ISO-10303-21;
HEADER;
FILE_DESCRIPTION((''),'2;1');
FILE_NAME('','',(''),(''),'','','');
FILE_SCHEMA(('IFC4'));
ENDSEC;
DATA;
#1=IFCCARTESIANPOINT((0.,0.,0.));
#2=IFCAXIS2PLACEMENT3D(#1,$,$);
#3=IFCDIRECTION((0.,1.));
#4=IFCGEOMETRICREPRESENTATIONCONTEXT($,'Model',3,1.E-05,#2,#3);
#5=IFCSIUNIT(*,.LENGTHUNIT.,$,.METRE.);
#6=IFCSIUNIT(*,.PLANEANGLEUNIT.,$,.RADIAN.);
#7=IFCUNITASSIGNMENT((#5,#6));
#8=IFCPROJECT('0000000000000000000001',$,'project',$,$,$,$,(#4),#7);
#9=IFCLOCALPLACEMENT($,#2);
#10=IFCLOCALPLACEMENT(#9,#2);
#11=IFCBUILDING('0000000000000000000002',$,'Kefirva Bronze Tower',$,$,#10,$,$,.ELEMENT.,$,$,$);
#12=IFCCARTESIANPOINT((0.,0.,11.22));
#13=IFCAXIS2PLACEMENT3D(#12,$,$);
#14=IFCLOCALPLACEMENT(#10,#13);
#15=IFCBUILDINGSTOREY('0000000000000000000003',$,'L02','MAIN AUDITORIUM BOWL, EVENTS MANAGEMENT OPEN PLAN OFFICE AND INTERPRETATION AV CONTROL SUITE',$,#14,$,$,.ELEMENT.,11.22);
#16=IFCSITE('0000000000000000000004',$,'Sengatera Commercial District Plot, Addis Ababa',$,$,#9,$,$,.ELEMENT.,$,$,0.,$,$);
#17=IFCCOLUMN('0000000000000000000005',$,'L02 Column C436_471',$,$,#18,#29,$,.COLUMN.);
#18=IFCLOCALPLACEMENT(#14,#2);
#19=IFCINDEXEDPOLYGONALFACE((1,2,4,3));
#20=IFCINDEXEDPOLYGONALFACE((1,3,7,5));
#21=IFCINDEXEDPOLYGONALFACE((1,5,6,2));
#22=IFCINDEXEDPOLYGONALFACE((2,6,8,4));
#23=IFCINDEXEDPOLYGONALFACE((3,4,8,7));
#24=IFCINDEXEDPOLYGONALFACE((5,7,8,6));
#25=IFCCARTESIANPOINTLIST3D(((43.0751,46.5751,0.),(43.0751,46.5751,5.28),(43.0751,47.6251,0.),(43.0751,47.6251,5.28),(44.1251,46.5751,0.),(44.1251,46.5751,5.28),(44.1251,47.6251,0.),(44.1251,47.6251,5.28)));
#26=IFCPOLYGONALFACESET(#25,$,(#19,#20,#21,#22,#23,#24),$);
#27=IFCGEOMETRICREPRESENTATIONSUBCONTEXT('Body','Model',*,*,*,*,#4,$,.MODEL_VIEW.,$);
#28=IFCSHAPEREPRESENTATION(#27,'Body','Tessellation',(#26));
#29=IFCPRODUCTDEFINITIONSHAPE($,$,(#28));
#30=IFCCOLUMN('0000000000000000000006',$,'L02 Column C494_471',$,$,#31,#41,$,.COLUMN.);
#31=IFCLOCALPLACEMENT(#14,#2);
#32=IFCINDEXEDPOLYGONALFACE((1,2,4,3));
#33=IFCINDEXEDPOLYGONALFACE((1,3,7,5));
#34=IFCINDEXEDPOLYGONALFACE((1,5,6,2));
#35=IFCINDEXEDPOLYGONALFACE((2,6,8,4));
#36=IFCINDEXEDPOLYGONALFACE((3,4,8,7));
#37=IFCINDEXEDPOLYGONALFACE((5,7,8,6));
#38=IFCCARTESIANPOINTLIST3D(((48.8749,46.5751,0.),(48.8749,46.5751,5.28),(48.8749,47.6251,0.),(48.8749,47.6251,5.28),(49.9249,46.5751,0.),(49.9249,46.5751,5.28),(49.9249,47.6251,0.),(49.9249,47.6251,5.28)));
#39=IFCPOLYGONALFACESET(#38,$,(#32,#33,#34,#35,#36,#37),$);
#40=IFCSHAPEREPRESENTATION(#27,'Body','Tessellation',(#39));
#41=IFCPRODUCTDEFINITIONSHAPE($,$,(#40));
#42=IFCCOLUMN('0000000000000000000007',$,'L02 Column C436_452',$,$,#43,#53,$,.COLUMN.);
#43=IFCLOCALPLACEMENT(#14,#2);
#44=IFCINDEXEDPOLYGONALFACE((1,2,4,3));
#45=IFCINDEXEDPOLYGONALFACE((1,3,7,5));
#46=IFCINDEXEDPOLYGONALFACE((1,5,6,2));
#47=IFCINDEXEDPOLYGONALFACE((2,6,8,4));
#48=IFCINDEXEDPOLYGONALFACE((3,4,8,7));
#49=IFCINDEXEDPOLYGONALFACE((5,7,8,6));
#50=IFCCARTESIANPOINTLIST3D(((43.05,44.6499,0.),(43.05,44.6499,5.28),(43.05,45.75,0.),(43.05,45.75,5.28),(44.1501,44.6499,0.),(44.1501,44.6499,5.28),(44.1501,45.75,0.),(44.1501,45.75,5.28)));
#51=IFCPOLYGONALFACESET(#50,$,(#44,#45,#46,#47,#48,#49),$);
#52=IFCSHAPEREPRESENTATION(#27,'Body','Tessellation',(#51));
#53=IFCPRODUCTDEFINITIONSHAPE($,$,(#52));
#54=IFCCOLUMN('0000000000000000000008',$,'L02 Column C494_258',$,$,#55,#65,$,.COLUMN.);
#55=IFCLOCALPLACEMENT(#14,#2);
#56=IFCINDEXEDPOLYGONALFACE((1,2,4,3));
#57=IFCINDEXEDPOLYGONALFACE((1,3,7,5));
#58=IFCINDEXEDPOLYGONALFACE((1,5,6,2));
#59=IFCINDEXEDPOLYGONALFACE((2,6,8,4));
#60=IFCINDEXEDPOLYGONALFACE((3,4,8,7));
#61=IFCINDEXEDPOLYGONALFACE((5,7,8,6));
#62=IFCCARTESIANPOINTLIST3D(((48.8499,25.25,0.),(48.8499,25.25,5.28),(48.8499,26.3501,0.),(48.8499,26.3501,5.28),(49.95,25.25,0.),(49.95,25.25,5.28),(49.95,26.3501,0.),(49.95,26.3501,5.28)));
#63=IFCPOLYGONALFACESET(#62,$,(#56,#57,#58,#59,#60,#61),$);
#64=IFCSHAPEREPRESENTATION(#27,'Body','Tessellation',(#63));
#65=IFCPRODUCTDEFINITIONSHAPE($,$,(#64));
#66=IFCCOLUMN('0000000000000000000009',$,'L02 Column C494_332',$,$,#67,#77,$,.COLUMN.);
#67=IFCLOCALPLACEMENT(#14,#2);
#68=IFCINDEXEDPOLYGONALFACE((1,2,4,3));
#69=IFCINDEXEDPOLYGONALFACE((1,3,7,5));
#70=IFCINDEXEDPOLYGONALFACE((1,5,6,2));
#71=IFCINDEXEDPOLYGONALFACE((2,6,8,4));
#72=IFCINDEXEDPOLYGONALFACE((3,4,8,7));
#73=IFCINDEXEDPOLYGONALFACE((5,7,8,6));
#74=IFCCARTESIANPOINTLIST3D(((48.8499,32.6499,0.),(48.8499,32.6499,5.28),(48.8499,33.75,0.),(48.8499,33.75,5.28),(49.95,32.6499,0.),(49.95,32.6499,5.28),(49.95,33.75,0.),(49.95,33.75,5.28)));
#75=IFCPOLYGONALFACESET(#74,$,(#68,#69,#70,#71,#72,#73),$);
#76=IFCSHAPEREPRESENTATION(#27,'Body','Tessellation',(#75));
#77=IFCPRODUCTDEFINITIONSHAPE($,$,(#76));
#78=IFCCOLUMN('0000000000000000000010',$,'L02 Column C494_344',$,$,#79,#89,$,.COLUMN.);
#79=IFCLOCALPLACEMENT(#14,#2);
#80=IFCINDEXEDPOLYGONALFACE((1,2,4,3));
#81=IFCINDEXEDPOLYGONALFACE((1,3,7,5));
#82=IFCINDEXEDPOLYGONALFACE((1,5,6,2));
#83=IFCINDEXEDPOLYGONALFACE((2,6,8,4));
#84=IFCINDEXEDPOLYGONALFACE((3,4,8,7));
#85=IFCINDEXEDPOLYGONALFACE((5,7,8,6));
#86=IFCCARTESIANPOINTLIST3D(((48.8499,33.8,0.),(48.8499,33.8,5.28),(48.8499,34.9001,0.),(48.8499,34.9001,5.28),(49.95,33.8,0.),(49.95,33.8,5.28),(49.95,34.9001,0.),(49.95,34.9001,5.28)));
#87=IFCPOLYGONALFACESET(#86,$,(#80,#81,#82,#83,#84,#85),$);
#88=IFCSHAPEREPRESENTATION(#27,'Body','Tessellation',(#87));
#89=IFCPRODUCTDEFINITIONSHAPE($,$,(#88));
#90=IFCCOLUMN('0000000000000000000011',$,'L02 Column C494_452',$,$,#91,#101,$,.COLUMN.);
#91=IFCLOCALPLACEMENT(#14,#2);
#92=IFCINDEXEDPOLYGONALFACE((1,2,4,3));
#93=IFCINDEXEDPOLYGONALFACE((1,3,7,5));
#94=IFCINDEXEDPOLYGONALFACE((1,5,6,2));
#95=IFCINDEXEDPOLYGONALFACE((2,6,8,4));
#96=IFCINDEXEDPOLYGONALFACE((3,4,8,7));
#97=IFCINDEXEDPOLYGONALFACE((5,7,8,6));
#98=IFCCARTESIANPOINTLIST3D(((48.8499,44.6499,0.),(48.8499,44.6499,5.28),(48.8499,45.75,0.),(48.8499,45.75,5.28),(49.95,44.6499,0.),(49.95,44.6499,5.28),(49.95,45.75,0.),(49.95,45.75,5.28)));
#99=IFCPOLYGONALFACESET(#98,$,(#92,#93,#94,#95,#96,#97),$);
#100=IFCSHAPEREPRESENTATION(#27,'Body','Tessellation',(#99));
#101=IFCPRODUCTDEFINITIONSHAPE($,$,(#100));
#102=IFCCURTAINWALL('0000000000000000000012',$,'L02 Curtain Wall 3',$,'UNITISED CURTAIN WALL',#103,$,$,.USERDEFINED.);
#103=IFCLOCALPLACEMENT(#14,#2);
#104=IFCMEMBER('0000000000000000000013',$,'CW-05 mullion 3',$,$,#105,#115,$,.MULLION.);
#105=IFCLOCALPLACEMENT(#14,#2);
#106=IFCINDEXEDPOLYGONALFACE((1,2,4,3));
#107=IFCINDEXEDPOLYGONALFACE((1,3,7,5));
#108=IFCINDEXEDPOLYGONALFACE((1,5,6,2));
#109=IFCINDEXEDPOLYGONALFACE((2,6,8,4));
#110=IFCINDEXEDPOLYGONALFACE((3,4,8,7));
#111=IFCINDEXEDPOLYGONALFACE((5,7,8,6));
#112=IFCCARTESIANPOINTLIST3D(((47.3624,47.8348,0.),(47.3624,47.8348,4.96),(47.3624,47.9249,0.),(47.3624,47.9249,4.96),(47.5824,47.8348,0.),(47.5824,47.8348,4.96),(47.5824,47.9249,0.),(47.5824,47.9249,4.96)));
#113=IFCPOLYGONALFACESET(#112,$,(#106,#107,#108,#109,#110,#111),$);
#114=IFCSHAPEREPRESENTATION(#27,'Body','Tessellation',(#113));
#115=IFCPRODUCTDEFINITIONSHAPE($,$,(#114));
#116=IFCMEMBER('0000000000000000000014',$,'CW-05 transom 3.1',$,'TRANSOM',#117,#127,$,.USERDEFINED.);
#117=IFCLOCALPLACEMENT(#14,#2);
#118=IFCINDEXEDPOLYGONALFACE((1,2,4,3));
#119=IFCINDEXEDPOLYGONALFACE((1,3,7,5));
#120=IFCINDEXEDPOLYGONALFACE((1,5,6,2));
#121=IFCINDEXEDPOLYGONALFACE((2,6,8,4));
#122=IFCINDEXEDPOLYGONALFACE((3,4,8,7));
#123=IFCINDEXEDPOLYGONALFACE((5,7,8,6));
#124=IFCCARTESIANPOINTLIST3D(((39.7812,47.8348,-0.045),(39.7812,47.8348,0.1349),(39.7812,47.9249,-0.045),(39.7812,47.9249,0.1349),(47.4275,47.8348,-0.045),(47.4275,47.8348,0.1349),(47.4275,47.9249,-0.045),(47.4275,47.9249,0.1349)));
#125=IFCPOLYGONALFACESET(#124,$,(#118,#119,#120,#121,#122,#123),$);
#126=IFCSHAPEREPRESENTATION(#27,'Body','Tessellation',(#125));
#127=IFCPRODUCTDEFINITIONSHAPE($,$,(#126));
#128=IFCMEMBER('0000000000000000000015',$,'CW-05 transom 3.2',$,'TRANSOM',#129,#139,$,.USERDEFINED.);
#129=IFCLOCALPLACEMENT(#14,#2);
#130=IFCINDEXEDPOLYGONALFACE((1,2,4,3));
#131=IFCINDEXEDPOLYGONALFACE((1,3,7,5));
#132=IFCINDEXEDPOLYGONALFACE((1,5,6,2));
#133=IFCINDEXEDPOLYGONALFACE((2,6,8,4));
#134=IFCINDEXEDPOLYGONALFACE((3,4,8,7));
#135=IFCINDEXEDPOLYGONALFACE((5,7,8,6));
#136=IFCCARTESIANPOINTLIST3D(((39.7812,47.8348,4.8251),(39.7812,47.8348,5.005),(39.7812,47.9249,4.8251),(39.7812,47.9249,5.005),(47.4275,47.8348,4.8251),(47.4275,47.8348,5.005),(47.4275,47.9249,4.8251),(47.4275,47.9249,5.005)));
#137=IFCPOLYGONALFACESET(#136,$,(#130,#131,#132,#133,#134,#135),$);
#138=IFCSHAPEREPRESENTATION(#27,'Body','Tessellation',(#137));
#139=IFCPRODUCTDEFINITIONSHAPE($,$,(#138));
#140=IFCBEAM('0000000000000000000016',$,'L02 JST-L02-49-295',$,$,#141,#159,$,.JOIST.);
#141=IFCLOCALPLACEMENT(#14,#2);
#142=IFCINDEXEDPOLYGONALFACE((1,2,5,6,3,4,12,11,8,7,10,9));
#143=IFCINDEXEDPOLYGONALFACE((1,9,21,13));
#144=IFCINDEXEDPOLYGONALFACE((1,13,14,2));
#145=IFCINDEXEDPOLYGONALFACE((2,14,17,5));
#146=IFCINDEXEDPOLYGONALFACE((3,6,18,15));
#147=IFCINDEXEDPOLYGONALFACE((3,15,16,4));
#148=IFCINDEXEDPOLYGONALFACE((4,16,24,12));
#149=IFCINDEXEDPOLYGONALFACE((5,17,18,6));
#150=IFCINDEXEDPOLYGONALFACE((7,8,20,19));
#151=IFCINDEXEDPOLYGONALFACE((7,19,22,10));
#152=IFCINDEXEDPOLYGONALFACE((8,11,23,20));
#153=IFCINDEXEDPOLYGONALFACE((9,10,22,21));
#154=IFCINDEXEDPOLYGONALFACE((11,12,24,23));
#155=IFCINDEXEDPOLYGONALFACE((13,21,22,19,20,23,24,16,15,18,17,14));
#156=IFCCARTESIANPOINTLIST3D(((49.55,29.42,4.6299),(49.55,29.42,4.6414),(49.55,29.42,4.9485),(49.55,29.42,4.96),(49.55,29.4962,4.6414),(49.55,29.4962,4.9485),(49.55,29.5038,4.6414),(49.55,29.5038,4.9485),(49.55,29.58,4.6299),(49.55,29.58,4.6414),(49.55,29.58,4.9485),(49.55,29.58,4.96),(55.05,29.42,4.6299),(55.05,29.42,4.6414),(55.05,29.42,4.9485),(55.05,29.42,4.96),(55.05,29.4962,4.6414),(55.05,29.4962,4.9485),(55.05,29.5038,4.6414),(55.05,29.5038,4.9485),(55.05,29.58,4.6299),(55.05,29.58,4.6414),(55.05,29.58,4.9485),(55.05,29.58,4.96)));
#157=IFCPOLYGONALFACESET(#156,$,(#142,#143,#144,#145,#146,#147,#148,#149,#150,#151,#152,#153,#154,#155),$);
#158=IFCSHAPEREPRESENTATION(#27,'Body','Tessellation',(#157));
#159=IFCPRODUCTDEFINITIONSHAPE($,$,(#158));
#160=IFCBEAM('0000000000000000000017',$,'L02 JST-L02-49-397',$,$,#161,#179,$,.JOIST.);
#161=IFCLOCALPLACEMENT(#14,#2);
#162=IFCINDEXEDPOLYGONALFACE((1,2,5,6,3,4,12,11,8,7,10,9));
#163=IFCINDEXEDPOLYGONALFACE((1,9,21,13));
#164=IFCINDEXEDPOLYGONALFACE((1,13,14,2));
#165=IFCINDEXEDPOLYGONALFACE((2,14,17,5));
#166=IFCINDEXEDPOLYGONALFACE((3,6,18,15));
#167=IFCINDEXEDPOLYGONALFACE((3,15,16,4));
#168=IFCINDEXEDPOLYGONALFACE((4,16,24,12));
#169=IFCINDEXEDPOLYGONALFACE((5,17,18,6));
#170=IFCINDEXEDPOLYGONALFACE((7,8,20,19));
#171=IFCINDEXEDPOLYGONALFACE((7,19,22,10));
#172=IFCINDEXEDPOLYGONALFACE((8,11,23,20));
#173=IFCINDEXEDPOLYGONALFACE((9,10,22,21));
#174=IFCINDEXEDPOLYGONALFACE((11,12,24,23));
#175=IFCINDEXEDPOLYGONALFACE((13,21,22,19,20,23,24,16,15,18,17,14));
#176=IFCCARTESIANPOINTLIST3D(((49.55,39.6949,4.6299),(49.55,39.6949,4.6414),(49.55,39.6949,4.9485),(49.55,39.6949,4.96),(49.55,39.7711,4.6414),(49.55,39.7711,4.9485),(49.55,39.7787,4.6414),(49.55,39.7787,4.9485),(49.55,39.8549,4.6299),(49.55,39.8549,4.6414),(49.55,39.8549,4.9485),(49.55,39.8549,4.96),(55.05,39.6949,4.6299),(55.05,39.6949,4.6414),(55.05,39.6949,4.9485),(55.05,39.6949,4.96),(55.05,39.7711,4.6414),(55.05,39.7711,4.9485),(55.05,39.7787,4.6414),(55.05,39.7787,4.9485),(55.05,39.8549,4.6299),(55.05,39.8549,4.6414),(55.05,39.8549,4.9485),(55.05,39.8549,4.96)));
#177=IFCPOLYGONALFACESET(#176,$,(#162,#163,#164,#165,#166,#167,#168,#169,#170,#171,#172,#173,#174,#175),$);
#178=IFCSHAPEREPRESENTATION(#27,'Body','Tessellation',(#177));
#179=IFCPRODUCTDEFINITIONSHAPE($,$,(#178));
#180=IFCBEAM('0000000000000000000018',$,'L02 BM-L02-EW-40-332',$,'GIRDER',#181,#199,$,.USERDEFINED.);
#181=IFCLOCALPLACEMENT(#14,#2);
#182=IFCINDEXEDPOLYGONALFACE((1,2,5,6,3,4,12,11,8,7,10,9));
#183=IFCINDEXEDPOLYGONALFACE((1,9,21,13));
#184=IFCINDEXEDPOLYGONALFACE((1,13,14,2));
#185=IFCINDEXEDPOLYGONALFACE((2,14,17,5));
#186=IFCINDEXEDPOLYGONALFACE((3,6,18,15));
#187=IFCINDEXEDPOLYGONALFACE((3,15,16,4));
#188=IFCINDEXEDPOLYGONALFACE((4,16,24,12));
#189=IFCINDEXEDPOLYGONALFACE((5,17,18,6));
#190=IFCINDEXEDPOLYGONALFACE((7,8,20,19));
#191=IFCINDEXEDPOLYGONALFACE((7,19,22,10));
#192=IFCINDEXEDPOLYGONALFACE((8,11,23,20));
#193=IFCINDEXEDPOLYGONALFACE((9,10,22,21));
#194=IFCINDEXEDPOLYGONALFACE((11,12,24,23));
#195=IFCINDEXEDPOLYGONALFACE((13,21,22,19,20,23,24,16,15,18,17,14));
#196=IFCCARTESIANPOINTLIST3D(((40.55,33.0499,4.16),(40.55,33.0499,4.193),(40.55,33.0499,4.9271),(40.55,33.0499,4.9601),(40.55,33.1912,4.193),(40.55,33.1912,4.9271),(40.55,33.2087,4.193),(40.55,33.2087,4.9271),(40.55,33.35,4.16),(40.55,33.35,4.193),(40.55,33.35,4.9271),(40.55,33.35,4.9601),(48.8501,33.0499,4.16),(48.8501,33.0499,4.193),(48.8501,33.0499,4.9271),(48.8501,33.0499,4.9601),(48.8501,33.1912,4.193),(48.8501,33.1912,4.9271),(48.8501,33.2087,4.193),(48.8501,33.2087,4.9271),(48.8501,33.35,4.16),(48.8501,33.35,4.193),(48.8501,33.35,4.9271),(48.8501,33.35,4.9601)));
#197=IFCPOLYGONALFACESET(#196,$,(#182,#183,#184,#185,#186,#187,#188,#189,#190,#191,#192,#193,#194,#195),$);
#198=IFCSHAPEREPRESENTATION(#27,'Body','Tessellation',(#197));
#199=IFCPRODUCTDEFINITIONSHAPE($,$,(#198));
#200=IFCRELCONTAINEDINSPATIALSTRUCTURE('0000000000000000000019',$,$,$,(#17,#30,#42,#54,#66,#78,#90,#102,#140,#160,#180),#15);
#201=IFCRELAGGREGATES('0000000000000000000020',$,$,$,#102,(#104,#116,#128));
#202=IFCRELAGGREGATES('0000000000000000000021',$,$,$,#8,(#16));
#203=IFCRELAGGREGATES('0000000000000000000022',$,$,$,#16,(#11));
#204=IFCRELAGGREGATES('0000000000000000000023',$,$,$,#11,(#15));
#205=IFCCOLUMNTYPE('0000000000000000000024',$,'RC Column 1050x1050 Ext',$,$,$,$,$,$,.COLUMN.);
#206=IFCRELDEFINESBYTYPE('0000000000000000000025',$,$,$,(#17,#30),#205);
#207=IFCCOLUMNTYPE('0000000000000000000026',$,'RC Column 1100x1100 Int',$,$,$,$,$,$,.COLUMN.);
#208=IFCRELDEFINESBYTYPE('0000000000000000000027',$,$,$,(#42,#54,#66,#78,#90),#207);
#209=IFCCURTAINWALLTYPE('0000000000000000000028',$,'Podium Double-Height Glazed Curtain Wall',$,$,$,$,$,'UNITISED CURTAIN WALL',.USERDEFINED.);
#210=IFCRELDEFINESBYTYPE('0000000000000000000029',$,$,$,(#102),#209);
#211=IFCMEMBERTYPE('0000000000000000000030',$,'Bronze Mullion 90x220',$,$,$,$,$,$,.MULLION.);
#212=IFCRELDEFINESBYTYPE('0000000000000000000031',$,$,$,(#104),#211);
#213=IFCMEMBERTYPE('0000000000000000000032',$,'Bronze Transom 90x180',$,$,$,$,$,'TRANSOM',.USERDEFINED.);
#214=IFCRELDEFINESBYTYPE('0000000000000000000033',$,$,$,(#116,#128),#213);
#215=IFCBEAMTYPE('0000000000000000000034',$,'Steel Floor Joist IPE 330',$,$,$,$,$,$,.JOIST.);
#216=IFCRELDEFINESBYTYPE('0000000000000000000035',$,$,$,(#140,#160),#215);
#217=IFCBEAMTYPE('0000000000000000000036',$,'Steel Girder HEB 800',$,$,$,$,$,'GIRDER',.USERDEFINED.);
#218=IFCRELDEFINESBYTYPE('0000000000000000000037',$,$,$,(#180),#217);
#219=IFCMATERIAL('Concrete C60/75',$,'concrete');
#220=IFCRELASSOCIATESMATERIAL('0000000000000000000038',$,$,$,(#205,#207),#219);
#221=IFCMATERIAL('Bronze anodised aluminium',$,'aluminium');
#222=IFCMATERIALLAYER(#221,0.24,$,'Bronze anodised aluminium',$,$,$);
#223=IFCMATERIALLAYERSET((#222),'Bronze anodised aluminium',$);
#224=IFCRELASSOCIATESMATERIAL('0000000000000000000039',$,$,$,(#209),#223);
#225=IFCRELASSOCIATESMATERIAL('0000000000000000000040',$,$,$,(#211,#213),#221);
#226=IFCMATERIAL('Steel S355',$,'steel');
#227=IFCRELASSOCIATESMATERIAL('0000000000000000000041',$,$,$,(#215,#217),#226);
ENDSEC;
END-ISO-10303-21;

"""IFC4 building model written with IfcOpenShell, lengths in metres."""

from ifc_helpers import new_model, si_unit, direction, frame, origin, origin_2d, place, context, subcontext, project, spatial, rectangle, i_section, extrude, material, layer, layer_set, material_profile, profile_set, type_object, element, aggregate, save


model = new_model("IFC4")

# Units and contexts
model_context = context("Model", 3, precision=1e-05, world=origin(), true_north=direction((0.0, 1.0)))
body_context = subcontext(model_context, "Body", "Model", "MODEL_VIEW")
ifc_project = project(units=[si_unit("LENGTHUNIT", "METRE"), si_unit("PLANEANGLEUNIT", "RADIAN")], contexts=[model_context])

# Site, building, storey
site_placement = place(None, origin())
site = spatial("IfcSite", under=ifc_project, at=site_placement, Name="Sengatera Commercial District Plot, Addis Ababa", CompositionType="ELEMENT", RefElevation=0.0)
building_placement = place(site_placement, origin())
building = spatial("IfcBuilding", under=site, at=building_placement, Name="Kefirva Bronze Tower", CompositionType="ELEMENT")
storey_placement = place(building_placement, frame((0.0, 0.0, 11.22)))
storey = spatial("IfcBuildingStorey", under=building, at=storey_placement, Name="L02", Description="MAIN AUDITORIUM BOWL, EVENTS MANAGEMENT OPEN PLAN OFFICE AND INTERPRETATION AV CONTROL SUITE", CompositionType="ELEMENT", Elevation=11.22)

# Columns
ifc_material_1 = material(Name="Concrete C60/75", Category="concrete")
ifc_material_profile_1 = material_profile(ifc_material_1, rectangle(XDim=1.05, YDim=1.05, at=origin_2d()), Name="RC 1050x1050")
ifc_profile_set_1 = profile_set([ifc_material_profile_1], Name="Concrete C60/75")
column_type_1 = type_object("IfcColumnType", Name="RC Column 1050x1050 Ext", PredefinedType="COLUMN", material=ifc_profile_set_1)
for number, where, z_axis, x_axis, name in (
    (1, (43.6001, 47.1001, 0.0), (0.0, 0.0, 1.0), (1.0, 0.0, 0.0), "L02 Column C436_471"),
    (2, (49.3999, 47.1001, 0.0), (0.0, 0.0, 1.0), (1.0, 0.0, 0.0), "L02 Column C494_471"),
):
    element("IfcColumn", number, at=place(storey_placement, frame(where, z_axis=z_axis, x_axis=x_axis)), inside=storey, type_object=column_type_1, Name=name, PredefinedType="COLUMN", context=body_context, shape_type="SweptSolid", body=[
        extrude(rectangle(XDim=1.05, YDim=1.05, at=origin_2d()), origin(), (0.0, 0.0, 1.0), 5.28),
    ])
ifc_material_profile_2 = material_profile(ifc_material_1, rectangle(XDim=1.1001, YDim=1.1001, at=origin_2d()), Name="RC 1100x1100")
ifc_profile_set_2 = profile_set([ifc_material_profile_2], Name="Concrete C60/75")
column_type_2 = type_object("IfcColumnType", Name="RC Column 1100x1100 Int", PredefinedType="COLUMN", material=ifc_profile_set_2)
for number, where, z_axis, x_axis, name in (
    (3, (43.6001, 45.2, 0.0), (0.0, 0.0, 1.0), (1.0, 0.0, 0.0), "L02 Column C436_452"),
    (4, (49.3999, 25.8, 0.0), (0.0, 0.0, 1.0), (1.0, 0.0, 0.0), "L02 Column C494_258"),
    (5, (49.3999, 33.2, 0.0), (0.0, 0.0, 1.0), (1.0, 0.0, 0.0), "L02 Column C494_332"),
    (6, (49.3999, 34.3501, 0.0), (0.0, 0.0, 1.0), (1.0, 0.0, 0.0), "L02 Column C494_344"),
    (7, (49.3999, 45.2, 0.0), (0.0, 0.0, 1.0), (1.0, 0.0, 0.0), "L02 Column C494_452"),
):
    element("IfcColumn", number, at=place(storey_placement, frame(where, z_axis=z_axis, x_axis=x_axis)), inside=storey, type_object=column_type_2, Name=name, PredefinedType="COLUMN", context=body_context, shape_type="SweptSolid", body=[
        extrude(rectangle(XDim=1.1001, YDim=1.1001, at=origin_2d()), origin(), (0.0, 0.0, 1.0), 5.28),
    ])

# Curtain wall, members
ifc_material_2 = material(Name="Bronze anodised aluminium", Category="aluminium")
ifc_layer_1 = layer(ifc_material_2, 0.24, Name="Bronze anodised aluminium")
ifc_layer_set_1 = layer_set([ifc_layer_1], Name="Bronze anodised aluminium")
curtain_wall_type = type_object("IfcCurtainWallType", Name="Podium Double-Height Glazed Curtain Wall", ElementType="UNITISED CURTAIN WALL", PredefinedType="USERDEFINED", material=ifc_layer_set_1)
curtain_wall_placement = place(storey_placement, origin())
curtain_wall = element("IfcCurtainWall", 8, at=curtain_wall_placement, inside=storey, type_object=curtain_wall_type, Name="L02 Curtain Wall 3", ObjectType="UNITISED CURTAIN WALL", PredefinedType="USERDEFINED")
ifc_material_profile_3 = material_profile(ifc_material_2, rectangle(XDim=0.0901, YDim=0.22, at=origin_2d()), Name="ALU 90x220")
ifc_profile_set_3 = profile_set([ifc_material_profile_3], Name="Bronze anodised aluminium")
member_type_1 = type_object("IfcMemberType", Name="Bronze Mullion 90x220", PredefinedType="MULLION", material=ifc_profile_set_3)
member_1_placement = place(storey_placement, frame((47.4724, 47.8799, 0.0), z_axis=(0.0, 0.0, 1.0), x_axis=(0.0, -1.0, 0.0)))
member_1 = element("IfcMember", 9, at=member_1_placement, type_object=member_type_1, Name="CW-05 mullion 3", PredefinedType="MULLION", context=body_context, shape_type="SweptSolid", body=[
    extrude(rectangle(XDim=0.0901, YDim=0.22, at=origin_2d()), origin(), (0.0, 0.0, 1.0), 4.96),
])
ifc_material_profile_4 = material_profile(ifc_material_2, rectangle(XDim=0.0901, YDim=0.1799, at=origin_2d()), Name="ALU 90x180")
ifc_profile_set_4 = profile_set([ifc_material_profile_4], Name="Bronze anodised aluminium")
member_type_2 = type_object("IfcMemberType", Name="Bronze Transom 90x180", ElementType="TRANSOM", PredefinedType="USERDEFINED", material=ifc_profile_set_4)
member_2_placement = place(storey_placement, frame((47.4275, 47.8799, 0.0449), z_axis=(-1.0, 0.0, 0.0), x_axis=(0.0, -1.0, 0.0)))
member_2 = element("IfcMember", 10, at=member_2_placement, type_object=member_type_2, Name="CW-05 transom 3.1", ObjectType="TRANSOM", PredefinedType="USERDEFINED", context=body_context, shape_type="SweptSolid", body=[
    extrude(rectangle(XDim=0.0901, YDim=0.1799, at=origin_2d()), origin(), (0.0, 0.0, 1.0), 7.6462),
])
member_3_placement = place(storey_placement, frame((47.4275, 47.8799, 4.915), z_axis=(-1.0, 0.0, 0.0), x_axis=(0.0, -1.0, 0.0)))
member_3 = element("IfcMember", 11, at=member_3_placement, type_object=member_type_2, Name="CW-05 transom 3.2", ObjectType="TRANSOM", PredefinedType="USERDEFINED", context=body_context, shape_type="SweptSolid", body=[
    extrude(rectangle(XDim=0.0901, YDim=0.1799, at=origin_2d()), origin(), (0.0, 0.0, 1.0), 7.6462),
])

# Beams
ifc_material_3 = material(Name="Steel S355", Category="steel")
ifc_material_profile_5 = material_profile(ifc_material_3, i_section(OverallWidth=0.1599, OverallDepth=0.3301, WebThickness=0.0076, FlangeThickness=0.0115, at=origin_2d()), Name="IPE 330")
ifc_profile_set_5 = profile_set([ifc_material_profile_5], Name="Steel S355")
beam_type_1 = type_object("IfcBeamType", Name="Steel Floor Joist IPE 330", PredefinedType="JOIST", material=ifc_profile_set_5)
for number, where, z_axis, x_axis, name in (
    (12, (49.55, 29.5, 4.7949), (1.0, 0.0, 0.0), (0.0, 1.0, 0.0), "L02 JST-L02-49-295"),
    (13, (49.55, 39.7749, 4.7949), (1.0, 0.0, 0.0), (0.0, 1.0, 0.0), "L02 JST-L02-49-397"),
):
    element("IfcBeam", number, at=place(storey_placement, frame(where, z_axis=z_axis, x_axis=x_axis)), inside=storey, type_object=beam_type_1, Name=name, PredefinedType="JOIST", context=body_context, shape_type="SweptSolid", body=[
        extrude(i_section(OverallWidth=0.1599, OverallDepth=0.3301, WebThickness=0.0076, FlangeThickness=0.0115, at=origin_2d()), origin(), (0.0, 0.0, 1.0), 5.5),
    ])
ifc_material_profile_6 = material_profile(ifc_material_3, i_section(OverallWidth=0.3, OverallDepth=0.8, WebThickness=0.0176, FlangeThickness=0.033, at=origin_2d()), Name="HEB 800")
ifc_profile_set_6 = profile_set([ifc_material_profile_6], Name="Steel S355")
beam_type_2 = type_object("IfcBeamType", Name="Steel Girder HEB 800", ElementType="GIRDER", PredefinedType="USERDEFINED", material=ifc_profile_set_6)
beam_1_placement = place(storey_placement, frame((40.55, 33.2, 4.5601), z_axis=(1.0, 0.0, 0.0), x_axis=(0.0, 1.0, 0.0)))
element("IfcBeam", 14, at=beam_1_placement, inside=storey, type_object=beam_type_2, Name="L02 BM-L02-EW-40-332", ObjectType="GIRDER", PredefinedType="USERDEFINED", context=body_context, shape_type="SweptSolid", body=[
    extrude(i_section(OverallWidth=0.3, OverallDepth=0.8, WebThickness=0.0176, FlangeThickness=0.033, at=origin_2d()), origin(), (0.0, 0.0, 1.0), 8.3),
])

aggregate(curtain_wall, [member_1, member_2, member_3])

save(model, "model.ifc")
